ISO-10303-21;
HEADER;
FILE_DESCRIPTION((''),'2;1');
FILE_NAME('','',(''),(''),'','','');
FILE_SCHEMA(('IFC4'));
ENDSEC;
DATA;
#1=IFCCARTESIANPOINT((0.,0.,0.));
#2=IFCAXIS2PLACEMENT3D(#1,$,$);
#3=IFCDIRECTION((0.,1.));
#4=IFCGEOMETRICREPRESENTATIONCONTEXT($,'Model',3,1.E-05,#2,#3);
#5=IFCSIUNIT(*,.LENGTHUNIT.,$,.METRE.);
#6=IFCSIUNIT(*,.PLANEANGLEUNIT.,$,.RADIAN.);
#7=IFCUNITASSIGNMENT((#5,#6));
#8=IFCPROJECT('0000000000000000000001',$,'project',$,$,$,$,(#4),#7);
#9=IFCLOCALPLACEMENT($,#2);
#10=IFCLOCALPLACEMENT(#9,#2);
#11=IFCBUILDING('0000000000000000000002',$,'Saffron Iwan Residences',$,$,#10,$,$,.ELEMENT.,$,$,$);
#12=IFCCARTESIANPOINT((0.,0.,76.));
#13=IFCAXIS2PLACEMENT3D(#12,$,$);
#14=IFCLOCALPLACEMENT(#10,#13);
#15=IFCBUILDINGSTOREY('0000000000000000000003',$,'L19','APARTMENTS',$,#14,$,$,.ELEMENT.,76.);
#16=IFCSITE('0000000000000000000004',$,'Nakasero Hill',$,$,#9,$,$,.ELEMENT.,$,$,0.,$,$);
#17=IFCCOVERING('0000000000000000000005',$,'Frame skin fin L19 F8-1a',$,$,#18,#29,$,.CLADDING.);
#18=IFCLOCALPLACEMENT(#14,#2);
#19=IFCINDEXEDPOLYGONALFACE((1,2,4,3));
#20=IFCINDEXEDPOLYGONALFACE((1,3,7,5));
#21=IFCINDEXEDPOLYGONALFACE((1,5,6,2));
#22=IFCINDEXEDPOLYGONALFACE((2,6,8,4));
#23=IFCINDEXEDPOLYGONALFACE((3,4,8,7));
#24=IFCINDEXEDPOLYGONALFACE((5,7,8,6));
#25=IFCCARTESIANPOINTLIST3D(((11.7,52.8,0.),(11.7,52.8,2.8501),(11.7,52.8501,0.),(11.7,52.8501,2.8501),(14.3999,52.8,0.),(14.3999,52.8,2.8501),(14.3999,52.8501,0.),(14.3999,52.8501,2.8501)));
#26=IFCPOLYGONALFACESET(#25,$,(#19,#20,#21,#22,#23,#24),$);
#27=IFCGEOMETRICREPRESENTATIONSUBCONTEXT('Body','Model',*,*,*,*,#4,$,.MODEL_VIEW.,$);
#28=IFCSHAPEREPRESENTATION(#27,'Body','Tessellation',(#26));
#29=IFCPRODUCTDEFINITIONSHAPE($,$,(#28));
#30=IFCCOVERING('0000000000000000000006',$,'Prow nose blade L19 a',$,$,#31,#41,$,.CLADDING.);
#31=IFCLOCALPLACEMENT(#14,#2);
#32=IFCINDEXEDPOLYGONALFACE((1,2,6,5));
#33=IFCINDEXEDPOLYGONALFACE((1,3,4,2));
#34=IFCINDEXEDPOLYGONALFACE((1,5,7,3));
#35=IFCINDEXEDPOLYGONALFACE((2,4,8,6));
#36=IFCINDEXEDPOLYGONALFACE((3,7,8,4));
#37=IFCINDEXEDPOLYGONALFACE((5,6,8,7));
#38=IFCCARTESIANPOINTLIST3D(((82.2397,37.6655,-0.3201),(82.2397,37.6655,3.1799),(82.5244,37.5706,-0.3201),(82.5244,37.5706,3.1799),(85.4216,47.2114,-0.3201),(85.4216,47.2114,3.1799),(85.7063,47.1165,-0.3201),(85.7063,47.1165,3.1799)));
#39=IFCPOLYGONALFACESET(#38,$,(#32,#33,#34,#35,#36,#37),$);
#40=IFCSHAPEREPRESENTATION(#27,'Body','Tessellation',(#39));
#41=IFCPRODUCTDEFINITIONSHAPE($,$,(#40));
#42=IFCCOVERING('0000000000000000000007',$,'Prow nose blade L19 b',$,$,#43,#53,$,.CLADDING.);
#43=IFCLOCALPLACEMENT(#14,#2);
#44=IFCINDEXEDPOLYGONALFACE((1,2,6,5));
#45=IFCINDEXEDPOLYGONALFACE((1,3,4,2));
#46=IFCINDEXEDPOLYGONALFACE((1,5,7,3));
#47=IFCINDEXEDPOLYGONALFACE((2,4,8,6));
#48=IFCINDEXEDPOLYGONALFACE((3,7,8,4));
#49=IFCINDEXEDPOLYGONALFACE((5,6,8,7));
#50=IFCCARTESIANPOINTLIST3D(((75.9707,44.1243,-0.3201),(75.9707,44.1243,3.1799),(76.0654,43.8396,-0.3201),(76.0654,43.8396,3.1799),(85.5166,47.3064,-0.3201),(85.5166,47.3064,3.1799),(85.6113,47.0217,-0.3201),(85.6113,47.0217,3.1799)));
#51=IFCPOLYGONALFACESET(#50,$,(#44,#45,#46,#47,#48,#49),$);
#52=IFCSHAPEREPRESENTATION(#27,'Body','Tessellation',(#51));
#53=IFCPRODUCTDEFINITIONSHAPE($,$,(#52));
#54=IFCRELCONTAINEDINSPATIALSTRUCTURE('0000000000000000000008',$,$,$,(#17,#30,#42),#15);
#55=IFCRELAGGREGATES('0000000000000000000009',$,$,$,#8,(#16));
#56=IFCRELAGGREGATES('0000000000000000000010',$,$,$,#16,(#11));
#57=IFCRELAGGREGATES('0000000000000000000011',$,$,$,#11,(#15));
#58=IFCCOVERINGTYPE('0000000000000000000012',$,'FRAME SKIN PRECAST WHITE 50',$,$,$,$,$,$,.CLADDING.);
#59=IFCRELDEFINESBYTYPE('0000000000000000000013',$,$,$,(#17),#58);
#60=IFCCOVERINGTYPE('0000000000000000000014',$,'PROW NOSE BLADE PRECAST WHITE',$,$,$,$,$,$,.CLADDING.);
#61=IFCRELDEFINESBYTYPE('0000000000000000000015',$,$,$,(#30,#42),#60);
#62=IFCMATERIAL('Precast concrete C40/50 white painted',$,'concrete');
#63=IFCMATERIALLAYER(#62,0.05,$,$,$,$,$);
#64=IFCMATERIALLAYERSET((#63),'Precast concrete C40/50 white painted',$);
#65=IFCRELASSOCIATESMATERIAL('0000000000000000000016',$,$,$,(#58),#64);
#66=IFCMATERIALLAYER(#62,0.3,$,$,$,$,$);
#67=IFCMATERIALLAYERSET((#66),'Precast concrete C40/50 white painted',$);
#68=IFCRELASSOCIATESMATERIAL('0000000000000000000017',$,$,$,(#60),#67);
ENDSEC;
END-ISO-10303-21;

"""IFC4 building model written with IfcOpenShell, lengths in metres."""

from ifc_helpers import new_model, si_unit, direction, frame, origin, place, context, subcontext, project, spatial, polyline, outline, extrude, material, layer, layer_set, type_object, element, save


model = new_model("IFC4")

# Units and contexts
model_context = context("Model", 3, precision=1e-05, world=origin(), true_north=direction((0.0, 1.0)))
body_context = subcontext(model_context, "Body", "Model", "MODEL_VIEW")
ifc_project = project(units=[si_unit("LENGTHUNIT", "METRE"), si_unit("PLANEANGLEUNIT", "RADIAN")], contexts=[model_context])

# Site, building, storey
site_placement = place(None, origin())
site = spatial("IfcSite", under=ifc_project, at=site_placement, Name="Nakasero Hill", CompositionType="ELEMENT", RefElevation=0.0)
building_placement = place(site_placement, origin())
building = spatial("IfcBuilding", under=site, at=building_placement, Name="Saffron Iwan Residences", CompositionType="ELEMENT")
storey_placement = place(building_placement, frame((0.0, 0.0, 76.0)))
storey = spatial("IfcBuildingStorey", under=building, at=storey_placement, Name="L19", Description="APARTMENTS", CompositionType="ELEMENT", Elevation=76.0)

# Coverings
ifc_material_1 = material(Name="Precast concrete C40/50 white painted", Category="concrete")
ifc_layer_1 = layer(ifc_material_1, 0.05)
ifc_layer_set_1 = layer_set([ifc_layer_1], Name="Precast concrete C40/50 white painted")
covering_type_1 = type_object("IfcCoveringType", Name="FRAME SKIN PRECAST WHITE 50", PredefinedType="CLADDING", material=ifc_layer_set_1)
covering_1_placement = place(storey_placement, origin())
element("IfcCovering", 1, at=covering_1_placement, inside=storey, type_object=covering_type_1, Name="Frame skin fin L19 F8-1a", PredefinedType="CLADDING", context=body_context, shape_type="SweptSolid", body=[
    extrude(outline(polyline([(11.7, 52.8501), (11.7, 52.8), (14.3999, 52.8), (14.3999, 52.8501), (11.7, 52.8501)])), origin(), (0.0, 0.0, 1.0), 2.8501),
])
ifc_layer_2 = layer(ifc_material_1, 0.3)
ifc_layer_set_2 = layer_set([ifc_layer_2], Name="Precast concrete C40/50 white painted")
covering_type_2 = type_object("IfcCoveringType", Name="PROW NOSE BLADE PRECAST WHITE", PredefinedType="CLADDING", material=ifc_layer_set_2)
covering_2_placement = place(storey_placement, frame((0.0, 0.0, -0.3201)))
element("IfcCovering", 2, at=covering_2_placement, inside=storey, type_object=covering_type_2, Name="Prow nose blade L19 a", PredefinedType="CLADDING", context=body_context, shape_type="SweptSolid", body=[
    extrude(outline(polyline([(82.5244, 37.5706), (85.7063, 47.1165), (85.4216, 47.2114), (82.2397, 37.6655), (82.5244, 37.5706)])), origin(), (0.0, 0.0, 1.0), 3.5),
])
covering_3_placement = place(storey_placement, frame((0.0, 0.0, -0.3201)))
element("IfcCovering", 3, at=covering_3_placement, inside=storey, type_object=covering_type_2, Name="Prow nose blade L19 b", PredefinedType="CLADDING", context=body_context, shape_type="SweptSolid", body=[
    extrude(outline(polyline([(76.0654, 43.8396), (85.6113, 47.0217), (85.5166, 47.3064), (75.9707, 44.1243), (76.0654, 43.8396)])), origin(), (0.0, 0.0, 1.0), 3.5),
])

save(model, "model.ifc")
